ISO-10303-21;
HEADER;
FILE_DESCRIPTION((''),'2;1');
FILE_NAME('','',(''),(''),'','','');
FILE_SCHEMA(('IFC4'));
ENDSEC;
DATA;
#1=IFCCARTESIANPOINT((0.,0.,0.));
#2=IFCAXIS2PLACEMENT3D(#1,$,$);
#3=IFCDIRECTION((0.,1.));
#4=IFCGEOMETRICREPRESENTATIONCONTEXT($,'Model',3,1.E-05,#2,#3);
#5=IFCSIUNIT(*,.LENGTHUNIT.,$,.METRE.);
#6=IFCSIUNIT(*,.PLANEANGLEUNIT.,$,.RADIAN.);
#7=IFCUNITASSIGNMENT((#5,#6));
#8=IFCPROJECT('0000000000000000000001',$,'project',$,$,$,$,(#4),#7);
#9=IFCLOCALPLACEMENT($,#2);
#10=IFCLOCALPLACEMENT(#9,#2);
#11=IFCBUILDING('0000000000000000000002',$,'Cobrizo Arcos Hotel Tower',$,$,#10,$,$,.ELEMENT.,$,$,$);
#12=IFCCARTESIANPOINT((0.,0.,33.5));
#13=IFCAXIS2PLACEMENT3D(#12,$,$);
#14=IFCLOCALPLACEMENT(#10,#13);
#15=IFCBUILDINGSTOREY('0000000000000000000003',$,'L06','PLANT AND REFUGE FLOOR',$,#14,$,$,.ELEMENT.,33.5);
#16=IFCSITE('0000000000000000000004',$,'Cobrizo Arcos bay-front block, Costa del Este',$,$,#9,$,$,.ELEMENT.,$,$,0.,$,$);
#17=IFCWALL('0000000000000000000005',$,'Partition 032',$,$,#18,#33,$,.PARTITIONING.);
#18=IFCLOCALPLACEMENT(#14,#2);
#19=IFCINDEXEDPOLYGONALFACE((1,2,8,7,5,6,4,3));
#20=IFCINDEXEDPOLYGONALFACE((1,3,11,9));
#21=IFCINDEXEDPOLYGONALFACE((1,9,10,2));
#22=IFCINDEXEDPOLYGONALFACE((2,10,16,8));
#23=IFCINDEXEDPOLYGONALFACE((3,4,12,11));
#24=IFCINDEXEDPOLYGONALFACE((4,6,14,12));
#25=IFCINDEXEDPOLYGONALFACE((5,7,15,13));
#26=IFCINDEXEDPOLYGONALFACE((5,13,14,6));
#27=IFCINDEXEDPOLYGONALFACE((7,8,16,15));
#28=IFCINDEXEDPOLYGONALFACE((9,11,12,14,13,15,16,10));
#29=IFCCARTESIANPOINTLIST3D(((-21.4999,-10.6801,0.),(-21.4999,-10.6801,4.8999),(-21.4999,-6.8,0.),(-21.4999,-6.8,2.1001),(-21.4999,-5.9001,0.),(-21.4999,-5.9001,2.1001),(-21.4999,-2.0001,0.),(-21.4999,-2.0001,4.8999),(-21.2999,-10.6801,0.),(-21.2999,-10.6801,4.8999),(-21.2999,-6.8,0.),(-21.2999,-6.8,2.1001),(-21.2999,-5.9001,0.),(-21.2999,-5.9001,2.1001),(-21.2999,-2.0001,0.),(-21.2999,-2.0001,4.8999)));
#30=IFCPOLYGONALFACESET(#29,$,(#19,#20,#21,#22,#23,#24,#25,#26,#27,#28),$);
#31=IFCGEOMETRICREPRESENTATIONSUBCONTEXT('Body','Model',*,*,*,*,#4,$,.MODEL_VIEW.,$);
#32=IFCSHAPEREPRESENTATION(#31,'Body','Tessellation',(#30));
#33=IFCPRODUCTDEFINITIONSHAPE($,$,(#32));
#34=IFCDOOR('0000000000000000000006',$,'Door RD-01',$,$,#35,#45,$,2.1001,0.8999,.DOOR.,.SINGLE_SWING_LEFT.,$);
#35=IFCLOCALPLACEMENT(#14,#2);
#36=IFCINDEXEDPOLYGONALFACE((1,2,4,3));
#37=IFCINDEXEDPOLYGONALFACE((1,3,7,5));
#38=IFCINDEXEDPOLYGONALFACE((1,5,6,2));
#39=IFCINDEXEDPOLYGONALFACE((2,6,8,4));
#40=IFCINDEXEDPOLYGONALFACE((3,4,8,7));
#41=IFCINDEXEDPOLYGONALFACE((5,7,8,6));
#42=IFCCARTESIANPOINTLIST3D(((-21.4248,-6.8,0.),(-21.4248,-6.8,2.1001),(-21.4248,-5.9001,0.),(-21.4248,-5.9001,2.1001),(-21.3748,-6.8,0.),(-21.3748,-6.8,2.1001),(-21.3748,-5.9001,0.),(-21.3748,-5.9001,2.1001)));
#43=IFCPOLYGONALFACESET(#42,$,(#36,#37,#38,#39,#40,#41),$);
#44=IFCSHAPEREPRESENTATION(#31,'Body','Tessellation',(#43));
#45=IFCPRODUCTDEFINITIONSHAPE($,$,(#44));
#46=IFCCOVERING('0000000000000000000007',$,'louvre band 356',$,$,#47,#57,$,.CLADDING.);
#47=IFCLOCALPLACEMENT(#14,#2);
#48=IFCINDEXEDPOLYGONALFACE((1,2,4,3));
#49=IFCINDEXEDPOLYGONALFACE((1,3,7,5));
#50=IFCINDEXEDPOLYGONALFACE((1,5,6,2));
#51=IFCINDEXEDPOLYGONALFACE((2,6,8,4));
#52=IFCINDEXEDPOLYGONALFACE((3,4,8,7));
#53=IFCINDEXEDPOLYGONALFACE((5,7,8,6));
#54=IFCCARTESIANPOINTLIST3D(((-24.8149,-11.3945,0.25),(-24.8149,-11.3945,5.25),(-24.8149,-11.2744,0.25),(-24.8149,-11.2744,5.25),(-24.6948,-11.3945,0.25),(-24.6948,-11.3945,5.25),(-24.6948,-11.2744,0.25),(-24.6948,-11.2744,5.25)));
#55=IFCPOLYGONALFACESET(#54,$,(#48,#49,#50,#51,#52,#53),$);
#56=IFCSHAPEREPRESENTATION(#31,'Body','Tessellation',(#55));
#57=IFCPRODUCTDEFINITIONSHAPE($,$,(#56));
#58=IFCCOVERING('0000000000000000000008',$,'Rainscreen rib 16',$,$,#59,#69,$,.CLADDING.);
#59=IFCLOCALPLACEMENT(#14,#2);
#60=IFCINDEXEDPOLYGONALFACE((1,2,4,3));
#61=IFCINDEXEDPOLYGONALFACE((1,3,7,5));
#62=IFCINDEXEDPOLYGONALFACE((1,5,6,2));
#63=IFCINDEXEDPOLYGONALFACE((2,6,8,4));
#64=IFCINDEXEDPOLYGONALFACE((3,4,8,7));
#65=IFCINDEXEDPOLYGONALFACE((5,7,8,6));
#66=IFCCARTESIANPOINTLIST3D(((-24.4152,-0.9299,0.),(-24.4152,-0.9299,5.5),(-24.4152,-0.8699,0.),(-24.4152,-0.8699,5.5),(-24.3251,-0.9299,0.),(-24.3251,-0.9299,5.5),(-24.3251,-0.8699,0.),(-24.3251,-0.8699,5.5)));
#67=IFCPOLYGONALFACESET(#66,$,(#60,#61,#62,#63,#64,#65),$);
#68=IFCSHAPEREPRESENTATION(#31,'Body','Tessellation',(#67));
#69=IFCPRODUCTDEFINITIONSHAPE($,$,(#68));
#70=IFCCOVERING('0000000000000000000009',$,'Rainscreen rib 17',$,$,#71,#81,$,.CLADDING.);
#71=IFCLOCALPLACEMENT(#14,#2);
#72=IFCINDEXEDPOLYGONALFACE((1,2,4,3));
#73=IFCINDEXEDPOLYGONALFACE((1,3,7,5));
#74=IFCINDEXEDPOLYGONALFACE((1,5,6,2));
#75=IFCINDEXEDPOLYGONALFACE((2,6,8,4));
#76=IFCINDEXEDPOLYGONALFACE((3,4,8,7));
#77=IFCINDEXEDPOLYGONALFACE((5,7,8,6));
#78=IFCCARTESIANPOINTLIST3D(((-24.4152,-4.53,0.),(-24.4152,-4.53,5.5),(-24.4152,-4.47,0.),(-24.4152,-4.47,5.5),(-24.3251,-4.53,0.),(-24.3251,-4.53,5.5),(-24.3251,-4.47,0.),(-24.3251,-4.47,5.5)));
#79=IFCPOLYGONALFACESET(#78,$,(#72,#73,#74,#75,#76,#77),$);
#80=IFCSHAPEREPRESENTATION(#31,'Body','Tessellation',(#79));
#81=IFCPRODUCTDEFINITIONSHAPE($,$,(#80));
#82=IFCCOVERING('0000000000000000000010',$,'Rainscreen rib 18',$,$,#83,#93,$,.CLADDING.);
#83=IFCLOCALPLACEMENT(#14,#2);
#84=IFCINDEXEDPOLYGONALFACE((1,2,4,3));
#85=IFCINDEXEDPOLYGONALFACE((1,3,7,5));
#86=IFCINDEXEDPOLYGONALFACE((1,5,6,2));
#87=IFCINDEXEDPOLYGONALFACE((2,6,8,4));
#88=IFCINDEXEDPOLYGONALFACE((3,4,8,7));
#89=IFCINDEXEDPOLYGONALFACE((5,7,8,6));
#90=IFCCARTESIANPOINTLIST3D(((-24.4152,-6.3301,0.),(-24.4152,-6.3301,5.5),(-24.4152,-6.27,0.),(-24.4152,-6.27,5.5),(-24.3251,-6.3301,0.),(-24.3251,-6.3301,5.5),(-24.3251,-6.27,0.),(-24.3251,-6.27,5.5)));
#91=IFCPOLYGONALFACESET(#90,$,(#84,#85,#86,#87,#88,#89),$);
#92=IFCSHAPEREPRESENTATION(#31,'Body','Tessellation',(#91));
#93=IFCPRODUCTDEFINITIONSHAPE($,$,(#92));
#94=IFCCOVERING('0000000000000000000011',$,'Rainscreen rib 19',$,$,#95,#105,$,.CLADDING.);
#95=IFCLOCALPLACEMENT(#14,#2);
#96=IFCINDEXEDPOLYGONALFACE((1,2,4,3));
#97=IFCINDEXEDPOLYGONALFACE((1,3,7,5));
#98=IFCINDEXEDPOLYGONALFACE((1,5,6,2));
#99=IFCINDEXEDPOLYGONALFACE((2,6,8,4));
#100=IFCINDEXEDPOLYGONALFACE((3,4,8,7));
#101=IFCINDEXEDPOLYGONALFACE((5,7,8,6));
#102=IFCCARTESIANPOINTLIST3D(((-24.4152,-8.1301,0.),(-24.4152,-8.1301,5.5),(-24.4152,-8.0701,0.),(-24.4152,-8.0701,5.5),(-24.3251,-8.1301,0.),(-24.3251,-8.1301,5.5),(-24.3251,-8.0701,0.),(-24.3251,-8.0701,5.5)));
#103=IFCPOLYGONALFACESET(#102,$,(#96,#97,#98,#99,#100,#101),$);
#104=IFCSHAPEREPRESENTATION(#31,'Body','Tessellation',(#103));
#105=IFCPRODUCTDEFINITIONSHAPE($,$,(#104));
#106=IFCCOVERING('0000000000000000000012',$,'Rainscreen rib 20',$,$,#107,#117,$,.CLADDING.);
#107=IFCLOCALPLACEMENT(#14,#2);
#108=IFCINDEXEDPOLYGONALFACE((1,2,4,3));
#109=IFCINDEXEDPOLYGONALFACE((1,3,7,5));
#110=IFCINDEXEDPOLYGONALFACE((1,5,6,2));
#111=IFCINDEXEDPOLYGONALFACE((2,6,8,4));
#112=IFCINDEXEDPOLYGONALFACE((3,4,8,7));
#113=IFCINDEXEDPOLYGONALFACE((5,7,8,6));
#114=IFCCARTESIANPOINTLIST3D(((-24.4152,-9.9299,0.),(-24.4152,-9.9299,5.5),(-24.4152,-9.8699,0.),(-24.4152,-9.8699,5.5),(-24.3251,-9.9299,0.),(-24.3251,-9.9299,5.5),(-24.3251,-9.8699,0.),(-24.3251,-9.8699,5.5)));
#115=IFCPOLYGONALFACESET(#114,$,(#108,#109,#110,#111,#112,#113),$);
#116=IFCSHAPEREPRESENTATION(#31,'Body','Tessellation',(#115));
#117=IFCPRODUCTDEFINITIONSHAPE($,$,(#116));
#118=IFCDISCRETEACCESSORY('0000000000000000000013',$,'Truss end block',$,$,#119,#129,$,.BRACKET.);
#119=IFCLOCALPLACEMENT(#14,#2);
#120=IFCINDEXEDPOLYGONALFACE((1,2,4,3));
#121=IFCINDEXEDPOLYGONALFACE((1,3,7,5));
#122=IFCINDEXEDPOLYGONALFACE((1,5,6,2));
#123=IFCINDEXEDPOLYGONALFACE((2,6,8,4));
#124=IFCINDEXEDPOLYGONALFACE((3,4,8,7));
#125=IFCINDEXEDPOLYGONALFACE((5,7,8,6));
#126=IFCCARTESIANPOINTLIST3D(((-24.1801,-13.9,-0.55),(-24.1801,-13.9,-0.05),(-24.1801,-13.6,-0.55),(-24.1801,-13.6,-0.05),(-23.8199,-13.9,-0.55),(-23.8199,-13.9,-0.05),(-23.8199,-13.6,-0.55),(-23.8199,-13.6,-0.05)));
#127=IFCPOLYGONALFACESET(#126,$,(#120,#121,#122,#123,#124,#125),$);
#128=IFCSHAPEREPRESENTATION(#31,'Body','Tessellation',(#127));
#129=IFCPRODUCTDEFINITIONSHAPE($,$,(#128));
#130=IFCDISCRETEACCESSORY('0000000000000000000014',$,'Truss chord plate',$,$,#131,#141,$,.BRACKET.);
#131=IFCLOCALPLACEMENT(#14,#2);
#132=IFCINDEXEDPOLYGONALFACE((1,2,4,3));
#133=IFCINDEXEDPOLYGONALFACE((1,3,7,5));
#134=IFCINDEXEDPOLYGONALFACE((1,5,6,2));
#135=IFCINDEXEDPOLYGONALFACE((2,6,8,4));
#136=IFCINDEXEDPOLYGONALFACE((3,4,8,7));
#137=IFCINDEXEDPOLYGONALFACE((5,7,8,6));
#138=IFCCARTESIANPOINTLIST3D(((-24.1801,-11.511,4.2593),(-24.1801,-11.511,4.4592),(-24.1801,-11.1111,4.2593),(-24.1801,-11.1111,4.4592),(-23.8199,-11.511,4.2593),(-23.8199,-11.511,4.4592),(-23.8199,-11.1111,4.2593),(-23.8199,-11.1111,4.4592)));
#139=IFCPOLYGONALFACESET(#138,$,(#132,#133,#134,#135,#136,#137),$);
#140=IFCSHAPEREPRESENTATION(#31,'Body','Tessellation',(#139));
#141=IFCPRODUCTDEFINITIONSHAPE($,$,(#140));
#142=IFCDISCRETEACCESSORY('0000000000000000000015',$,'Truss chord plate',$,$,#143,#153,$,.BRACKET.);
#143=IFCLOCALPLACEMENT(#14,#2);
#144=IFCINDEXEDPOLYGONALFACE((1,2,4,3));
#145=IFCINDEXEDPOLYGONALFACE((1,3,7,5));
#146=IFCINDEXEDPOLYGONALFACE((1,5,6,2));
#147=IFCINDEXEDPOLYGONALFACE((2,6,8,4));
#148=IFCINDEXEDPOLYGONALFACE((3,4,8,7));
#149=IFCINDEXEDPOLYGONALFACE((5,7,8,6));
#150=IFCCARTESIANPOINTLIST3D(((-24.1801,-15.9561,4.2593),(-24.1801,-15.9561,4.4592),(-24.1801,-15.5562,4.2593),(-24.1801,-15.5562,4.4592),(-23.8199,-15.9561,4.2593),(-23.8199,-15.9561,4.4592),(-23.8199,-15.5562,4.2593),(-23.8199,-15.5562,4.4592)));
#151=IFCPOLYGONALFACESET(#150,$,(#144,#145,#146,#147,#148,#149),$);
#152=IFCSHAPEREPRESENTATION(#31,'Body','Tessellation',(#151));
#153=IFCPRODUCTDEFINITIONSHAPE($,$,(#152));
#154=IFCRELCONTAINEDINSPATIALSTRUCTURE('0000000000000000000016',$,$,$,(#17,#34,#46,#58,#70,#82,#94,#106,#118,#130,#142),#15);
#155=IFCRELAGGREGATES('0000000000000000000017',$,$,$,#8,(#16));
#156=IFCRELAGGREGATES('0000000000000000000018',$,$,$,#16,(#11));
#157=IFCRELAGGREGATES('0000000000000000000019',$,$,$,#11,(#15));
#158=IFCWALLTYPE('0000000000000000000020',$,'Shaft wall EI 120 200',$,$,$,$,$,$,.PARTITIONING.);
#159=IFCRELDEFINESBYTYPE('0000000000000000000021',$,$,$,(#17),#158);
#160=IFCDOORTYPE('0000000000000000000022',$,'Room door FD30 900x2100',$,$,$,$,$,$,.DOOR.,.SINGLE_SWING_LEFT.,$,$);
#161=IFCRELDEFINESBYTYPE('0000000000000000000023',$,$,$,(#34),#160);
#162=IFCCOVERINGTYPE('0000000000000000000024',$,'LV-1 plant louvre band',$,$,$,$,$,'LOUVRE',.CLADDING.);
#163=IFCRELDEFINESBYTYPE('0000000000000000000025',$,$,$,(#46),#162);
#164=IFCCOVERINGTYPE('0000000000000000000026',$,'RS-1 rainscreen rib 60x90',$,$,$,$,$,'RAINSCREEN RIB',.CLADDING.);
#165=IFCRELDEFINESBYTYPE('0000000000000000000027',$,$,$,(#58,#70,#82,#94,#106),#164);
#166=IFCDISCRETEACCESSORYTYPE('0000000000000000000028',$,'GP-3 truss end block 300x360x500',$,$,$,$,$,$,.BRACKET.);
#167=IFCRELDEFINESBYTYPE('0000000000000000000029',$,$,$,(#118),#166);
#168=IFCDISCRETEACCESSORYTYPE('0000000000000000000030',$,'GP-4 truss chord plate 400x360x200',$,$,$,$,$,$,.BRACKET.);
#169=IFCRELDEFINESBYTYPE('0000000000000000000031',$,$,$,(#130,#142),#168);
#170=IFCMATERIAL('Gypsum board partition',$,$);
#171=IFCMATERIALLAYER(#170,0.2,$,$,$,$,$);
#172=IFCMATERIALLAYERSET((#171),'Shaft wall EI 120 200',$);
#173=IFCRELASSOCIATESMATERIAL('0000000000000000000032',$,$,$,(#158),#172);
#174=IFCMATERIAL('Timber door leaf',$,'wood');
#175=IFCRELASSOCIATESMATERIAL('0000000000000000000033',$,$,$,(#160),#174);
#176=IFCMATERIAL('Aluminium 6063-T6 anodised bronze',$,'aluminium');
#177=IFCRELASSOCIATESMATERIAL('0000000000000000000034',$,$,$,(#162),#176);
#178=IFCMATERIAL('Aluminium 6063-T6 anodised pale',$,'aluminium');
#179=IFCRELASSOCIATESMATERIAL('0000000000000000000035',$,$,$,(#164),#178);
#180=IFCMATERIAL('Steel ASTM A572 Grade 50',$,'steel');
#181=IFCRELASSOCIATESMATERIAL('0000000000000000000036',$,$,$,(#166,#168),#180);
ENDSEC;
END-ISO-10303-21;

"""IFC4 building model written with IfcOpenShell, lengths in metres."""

from ifc_helpers import new_model, si_unit, direction, frame, frame_2d, origin, origin_2d, place, context, subcontext, project, spatial, rectangle, extrude, material, layer, layer_set, type_object, element, fill, save


model = new_model("IFC4")

# Units and contexts
model_context = context("Model", 3, precision=1e-05, world=origin(), true_north=direction((0.0, 1.0)))
body_context = subcontext(model_context, "Body", "Model", "MODEL_VIEW")
ifc_project = project(units=[si_unit("LENGTHUNIT", "METRE"), si_unit("PLANEANGLEUNIT", "RADIAN")], contexts=[model_context])

# Site, building, storey
site_placement = place(None, origin())
site = spatial("IfcSite", under=ifc_project, at=site_placement, Name="Cobrizo Arcos bay-front block, Costa del Este", CompositionType="ELEMENT", RefElevation=0.0)
building_placement = place(site_placement, origin())
building = spatial("IfcBuilding", under=site, at=building_placement, Name="Cobrizo Arcos Hotel Tower", CompositionType="ELEMENT")
storey_placement = place(building_placement, frame((0.0, 0.0, 33.5)))
storey = spatial("IfcBuildingStorey", under=building, at=storey_placement, Name="L06", Description="PLANT AND REFUGE FLOOR", CompositionType="ELEMENT", Elevation=33.5)

# Shared definitions
ifc_material_1 = material(Name="Steel ASTM A572 Grade 50", Category="steel")

# Shared definitions
ifc_material_2 = material(Name="Aluminium 6063-T6 anodised bronze", Category="aluminium")

# Wall, opening, door
ifc_material_3 = material(Name="Gypsum board partition")
ifc_layer_1 = layer(ifc_material_3, 0.2)
ifc_layer_set_1 = layer_set([ifc_layer_1], Name="Shaft wall EI 120 200")
wall_type_1 = type_object("IfcWallType", Name="Shaft wall EI 120 200", PredefinedType="PARTITIONING", material=ifc_layer_set_1)
ifc_material_4 = material(Name="Timber door leaf", Category="wood")
door_type = type_object("IfcDoorType", Name="Room door FD30 900x2100", OperationType="SINGLE_SWING_LEFT", PredefinedType="DOOR", material=ifc_material_4)
wall_1_placement = place(storey_placement, frame((-21.3999, -10.6799, 0.0), z_axis=(0.0, 0.0, 1.0), x_axis=(0.0, 1.0, 0.0)))
wall_1 = element("IfcWall", 1, at=wall_1_placement, inside=storey, type_object=wall_type_1, Name="Partition 032", PredefinedType="PARTITIONING", context=body_context, shape_type="SweptSolid", body=[
    extrude(rectangle(XDim=8.6799, YDim=0.2, at=frame_2d((4.3398, 0.0))), origin(), (0.0, 0.0, 1.0), 4.8999),
])
opening_1_placement = place(wall_1_placement, frame((3.8799, 0.0, 0.0)))
opening_1 = element("IfcOpeningElement", 2, at=opening_1_placement, cuts=wall_1, PredefinedType="OPENING", context=body_context, shape_type="SweptSolid", body=[
    extrude(rectangle(XDim=0.8999, YDim=2.1001, at=frame_2d((0.45, 1.05))), frame((0.0, 0.1121, 0.0), z_axis=(0.0, -1.0, 0.0), x_axis=(1.0, 0.0, 0.0)), (0.0, 0.0, 1.0), 0.2239),
])
door_1_placement = place(opening_1_placement, origin())
door_1 = element("IfcDoor", 3, at=door_1_placement, inside=storey, type_object=door_type, Name="Door RD-01", OperationType="SINGLE_SWING_LEFT", OverallHeight=2.1001, OverallWidth=0.8999, PredefinedType="DOOR", context=body_context, shape_type="SweptSolid", body=[
    extrude(rectangle(XDim=0.8999, YDim=2.1001, at=frame_2d((0.45, 1.05))), frame((0.0, 0.0249, 0.0), z_axis=(0.0, -1.0, 0.0), x_axis=(1.0, 0.0, 0.0)), (0.0, 0.0, 1.0), 0.05),
])
fill(opening_1, door_1)

# Coverings
covering_type_1 = type_object("IfcCoveringType", Name="LV-1 plant louvre band", ElementType="LOUVRE", PredefinedType="CLADDING", material=ifc_material_2)
covering_placement = place(storey_placement, frame((-24.7549, -11.3345, 0.25), z_axis=(0.0, 0.0, 1.0), x_axis=(0.0, -1.0, 0.0)))
element("IfcCovering", 4, at=covering_placement, inside=storey, type_object=covering_type_1, Name="louvre band 356", PredefinedType="CLADDING", context=body_context, shape_type="SweptSolid", body=[
    extrude(rectangle(XDim=0.1201, YDim=0.1201, at=origin_2d()), origin(), (0.0, 0.0, 1.0), 5.0),
])
ifc_material_5 = material(Name="Aluminium 6063-T6 anodised pale", Category="aluminium")
covering_type_2 = type_object("IfcCoveringType", Name="RS-1 rainscreen rib 60x90", ElementType="RAINSCREEN RIB", PredefinedType="CLADDING", material=ifc_material_5)
for number, where, z_axis, x_axis, name in (
    (5, (-24.3701, -0.8999, 0.0), (0.0, 0.0, 1.0), (0.0, -1.0, 0.0), "Rainscreen rib 16"),
    (6, (-24.3701, -4.5, 0.0), (0.0, 0.0, 1.0), (0.0, -1.0, 0.0), "Rainscreen rib 17"),
    (7, (-24.3701, -6.3, 0.0), (0.0, 0.0, 1.0), (0.0, -1.0, 0.0), "Rainscreen rib 18"),
    (8, (-24.3701, -8.1001, 0.0), (0.0, 0.0, 1.0), (0.0, -1.0, 0.0), "Rainscreen rib 19"),
    (9, (-24.3701, -9.8999, 0.0), (0.0, 0.0, 1.0), (0.0, -1.0, 0.0), "Rainscreen rib 20"),
):
    element("IfcCovering", number, at=place(storey_placement, frame(where, z_axis=z_axis, x_axis=x_axis)), inside=storey, type_object=covering_type_2, Name=name, PredefinedType="CLADDING", context=body_context, shape_type="SweptSolid", body=[
        extrude(rectangle(XDim=0.0601, YDim=0.0901, at=origin_2d()), origin(), (0.0, 0.0, 1.0), 5.5),
    ])

# Discrete accessories
discrete_accessory_type_1 = type_object("IfcDiscreteAccessoryType", Name="GP-3 truss end block 300x360x500", PredefinedType="BRACKET", material=ifc_material_1)
discrete_accessory_placement = place(storey_placement, frame((-24.0, -13.75, -0.55), z_axis=(0.0, 0.0, 1.0), x_axis=(0.0, 1.0, 0.0)))
element("IfcDiscreteAccessory", 10, at=discrete_accessory_placement, inside=storey, type_object=discrete_accessory_type_1, Name="Truss end block", PredefinedType="BRACKET", context=body_context, shape_type="SweptSolid", body=[
    extrude(rectangle(XDim=0.3, YDim=0.3601, at=origin_2d()), origin(), (0.0, 0.0, 1.0), 0.5),
])
discrete_accessory_type_2 = type_object("IfcDiscreteAccessoryType", Name="GP-4 truss chord plate 400x360x200", PredefinedType="BRACKET", material=ifc_material_1)
for number, where, z_axis, x_axis, name in (
    (11, (-24.0, -11.311, 4.2593), (0.0, 0.0, 1.0), (0.0, -1.0, 0.0), "Truss chord plate"),
    (12, (-24.0, -15.7561, 4.2593), (0.0, 0.0, 1.0), (0.0, -1.0, 0.0), "Truss chord plate"),
):
    element("IfcDiscreteAccessory", number, at=place(storey_placement, frame(where, z_axis=z_axis, x_axis=x_axis)), inside=storey, type_object=discrete_accessory_type_2, Name=name, PredefinedType="BRACKET", context=body_context, shape_type="SweptSolid", body=[
        extrude(rectangle(XDim=0.3999, YDim=0.3601, at=origin_2d()), origin(), (0.0, 0.0, 1.0), 0.2),
    ])

save(model, "model.ifc")
